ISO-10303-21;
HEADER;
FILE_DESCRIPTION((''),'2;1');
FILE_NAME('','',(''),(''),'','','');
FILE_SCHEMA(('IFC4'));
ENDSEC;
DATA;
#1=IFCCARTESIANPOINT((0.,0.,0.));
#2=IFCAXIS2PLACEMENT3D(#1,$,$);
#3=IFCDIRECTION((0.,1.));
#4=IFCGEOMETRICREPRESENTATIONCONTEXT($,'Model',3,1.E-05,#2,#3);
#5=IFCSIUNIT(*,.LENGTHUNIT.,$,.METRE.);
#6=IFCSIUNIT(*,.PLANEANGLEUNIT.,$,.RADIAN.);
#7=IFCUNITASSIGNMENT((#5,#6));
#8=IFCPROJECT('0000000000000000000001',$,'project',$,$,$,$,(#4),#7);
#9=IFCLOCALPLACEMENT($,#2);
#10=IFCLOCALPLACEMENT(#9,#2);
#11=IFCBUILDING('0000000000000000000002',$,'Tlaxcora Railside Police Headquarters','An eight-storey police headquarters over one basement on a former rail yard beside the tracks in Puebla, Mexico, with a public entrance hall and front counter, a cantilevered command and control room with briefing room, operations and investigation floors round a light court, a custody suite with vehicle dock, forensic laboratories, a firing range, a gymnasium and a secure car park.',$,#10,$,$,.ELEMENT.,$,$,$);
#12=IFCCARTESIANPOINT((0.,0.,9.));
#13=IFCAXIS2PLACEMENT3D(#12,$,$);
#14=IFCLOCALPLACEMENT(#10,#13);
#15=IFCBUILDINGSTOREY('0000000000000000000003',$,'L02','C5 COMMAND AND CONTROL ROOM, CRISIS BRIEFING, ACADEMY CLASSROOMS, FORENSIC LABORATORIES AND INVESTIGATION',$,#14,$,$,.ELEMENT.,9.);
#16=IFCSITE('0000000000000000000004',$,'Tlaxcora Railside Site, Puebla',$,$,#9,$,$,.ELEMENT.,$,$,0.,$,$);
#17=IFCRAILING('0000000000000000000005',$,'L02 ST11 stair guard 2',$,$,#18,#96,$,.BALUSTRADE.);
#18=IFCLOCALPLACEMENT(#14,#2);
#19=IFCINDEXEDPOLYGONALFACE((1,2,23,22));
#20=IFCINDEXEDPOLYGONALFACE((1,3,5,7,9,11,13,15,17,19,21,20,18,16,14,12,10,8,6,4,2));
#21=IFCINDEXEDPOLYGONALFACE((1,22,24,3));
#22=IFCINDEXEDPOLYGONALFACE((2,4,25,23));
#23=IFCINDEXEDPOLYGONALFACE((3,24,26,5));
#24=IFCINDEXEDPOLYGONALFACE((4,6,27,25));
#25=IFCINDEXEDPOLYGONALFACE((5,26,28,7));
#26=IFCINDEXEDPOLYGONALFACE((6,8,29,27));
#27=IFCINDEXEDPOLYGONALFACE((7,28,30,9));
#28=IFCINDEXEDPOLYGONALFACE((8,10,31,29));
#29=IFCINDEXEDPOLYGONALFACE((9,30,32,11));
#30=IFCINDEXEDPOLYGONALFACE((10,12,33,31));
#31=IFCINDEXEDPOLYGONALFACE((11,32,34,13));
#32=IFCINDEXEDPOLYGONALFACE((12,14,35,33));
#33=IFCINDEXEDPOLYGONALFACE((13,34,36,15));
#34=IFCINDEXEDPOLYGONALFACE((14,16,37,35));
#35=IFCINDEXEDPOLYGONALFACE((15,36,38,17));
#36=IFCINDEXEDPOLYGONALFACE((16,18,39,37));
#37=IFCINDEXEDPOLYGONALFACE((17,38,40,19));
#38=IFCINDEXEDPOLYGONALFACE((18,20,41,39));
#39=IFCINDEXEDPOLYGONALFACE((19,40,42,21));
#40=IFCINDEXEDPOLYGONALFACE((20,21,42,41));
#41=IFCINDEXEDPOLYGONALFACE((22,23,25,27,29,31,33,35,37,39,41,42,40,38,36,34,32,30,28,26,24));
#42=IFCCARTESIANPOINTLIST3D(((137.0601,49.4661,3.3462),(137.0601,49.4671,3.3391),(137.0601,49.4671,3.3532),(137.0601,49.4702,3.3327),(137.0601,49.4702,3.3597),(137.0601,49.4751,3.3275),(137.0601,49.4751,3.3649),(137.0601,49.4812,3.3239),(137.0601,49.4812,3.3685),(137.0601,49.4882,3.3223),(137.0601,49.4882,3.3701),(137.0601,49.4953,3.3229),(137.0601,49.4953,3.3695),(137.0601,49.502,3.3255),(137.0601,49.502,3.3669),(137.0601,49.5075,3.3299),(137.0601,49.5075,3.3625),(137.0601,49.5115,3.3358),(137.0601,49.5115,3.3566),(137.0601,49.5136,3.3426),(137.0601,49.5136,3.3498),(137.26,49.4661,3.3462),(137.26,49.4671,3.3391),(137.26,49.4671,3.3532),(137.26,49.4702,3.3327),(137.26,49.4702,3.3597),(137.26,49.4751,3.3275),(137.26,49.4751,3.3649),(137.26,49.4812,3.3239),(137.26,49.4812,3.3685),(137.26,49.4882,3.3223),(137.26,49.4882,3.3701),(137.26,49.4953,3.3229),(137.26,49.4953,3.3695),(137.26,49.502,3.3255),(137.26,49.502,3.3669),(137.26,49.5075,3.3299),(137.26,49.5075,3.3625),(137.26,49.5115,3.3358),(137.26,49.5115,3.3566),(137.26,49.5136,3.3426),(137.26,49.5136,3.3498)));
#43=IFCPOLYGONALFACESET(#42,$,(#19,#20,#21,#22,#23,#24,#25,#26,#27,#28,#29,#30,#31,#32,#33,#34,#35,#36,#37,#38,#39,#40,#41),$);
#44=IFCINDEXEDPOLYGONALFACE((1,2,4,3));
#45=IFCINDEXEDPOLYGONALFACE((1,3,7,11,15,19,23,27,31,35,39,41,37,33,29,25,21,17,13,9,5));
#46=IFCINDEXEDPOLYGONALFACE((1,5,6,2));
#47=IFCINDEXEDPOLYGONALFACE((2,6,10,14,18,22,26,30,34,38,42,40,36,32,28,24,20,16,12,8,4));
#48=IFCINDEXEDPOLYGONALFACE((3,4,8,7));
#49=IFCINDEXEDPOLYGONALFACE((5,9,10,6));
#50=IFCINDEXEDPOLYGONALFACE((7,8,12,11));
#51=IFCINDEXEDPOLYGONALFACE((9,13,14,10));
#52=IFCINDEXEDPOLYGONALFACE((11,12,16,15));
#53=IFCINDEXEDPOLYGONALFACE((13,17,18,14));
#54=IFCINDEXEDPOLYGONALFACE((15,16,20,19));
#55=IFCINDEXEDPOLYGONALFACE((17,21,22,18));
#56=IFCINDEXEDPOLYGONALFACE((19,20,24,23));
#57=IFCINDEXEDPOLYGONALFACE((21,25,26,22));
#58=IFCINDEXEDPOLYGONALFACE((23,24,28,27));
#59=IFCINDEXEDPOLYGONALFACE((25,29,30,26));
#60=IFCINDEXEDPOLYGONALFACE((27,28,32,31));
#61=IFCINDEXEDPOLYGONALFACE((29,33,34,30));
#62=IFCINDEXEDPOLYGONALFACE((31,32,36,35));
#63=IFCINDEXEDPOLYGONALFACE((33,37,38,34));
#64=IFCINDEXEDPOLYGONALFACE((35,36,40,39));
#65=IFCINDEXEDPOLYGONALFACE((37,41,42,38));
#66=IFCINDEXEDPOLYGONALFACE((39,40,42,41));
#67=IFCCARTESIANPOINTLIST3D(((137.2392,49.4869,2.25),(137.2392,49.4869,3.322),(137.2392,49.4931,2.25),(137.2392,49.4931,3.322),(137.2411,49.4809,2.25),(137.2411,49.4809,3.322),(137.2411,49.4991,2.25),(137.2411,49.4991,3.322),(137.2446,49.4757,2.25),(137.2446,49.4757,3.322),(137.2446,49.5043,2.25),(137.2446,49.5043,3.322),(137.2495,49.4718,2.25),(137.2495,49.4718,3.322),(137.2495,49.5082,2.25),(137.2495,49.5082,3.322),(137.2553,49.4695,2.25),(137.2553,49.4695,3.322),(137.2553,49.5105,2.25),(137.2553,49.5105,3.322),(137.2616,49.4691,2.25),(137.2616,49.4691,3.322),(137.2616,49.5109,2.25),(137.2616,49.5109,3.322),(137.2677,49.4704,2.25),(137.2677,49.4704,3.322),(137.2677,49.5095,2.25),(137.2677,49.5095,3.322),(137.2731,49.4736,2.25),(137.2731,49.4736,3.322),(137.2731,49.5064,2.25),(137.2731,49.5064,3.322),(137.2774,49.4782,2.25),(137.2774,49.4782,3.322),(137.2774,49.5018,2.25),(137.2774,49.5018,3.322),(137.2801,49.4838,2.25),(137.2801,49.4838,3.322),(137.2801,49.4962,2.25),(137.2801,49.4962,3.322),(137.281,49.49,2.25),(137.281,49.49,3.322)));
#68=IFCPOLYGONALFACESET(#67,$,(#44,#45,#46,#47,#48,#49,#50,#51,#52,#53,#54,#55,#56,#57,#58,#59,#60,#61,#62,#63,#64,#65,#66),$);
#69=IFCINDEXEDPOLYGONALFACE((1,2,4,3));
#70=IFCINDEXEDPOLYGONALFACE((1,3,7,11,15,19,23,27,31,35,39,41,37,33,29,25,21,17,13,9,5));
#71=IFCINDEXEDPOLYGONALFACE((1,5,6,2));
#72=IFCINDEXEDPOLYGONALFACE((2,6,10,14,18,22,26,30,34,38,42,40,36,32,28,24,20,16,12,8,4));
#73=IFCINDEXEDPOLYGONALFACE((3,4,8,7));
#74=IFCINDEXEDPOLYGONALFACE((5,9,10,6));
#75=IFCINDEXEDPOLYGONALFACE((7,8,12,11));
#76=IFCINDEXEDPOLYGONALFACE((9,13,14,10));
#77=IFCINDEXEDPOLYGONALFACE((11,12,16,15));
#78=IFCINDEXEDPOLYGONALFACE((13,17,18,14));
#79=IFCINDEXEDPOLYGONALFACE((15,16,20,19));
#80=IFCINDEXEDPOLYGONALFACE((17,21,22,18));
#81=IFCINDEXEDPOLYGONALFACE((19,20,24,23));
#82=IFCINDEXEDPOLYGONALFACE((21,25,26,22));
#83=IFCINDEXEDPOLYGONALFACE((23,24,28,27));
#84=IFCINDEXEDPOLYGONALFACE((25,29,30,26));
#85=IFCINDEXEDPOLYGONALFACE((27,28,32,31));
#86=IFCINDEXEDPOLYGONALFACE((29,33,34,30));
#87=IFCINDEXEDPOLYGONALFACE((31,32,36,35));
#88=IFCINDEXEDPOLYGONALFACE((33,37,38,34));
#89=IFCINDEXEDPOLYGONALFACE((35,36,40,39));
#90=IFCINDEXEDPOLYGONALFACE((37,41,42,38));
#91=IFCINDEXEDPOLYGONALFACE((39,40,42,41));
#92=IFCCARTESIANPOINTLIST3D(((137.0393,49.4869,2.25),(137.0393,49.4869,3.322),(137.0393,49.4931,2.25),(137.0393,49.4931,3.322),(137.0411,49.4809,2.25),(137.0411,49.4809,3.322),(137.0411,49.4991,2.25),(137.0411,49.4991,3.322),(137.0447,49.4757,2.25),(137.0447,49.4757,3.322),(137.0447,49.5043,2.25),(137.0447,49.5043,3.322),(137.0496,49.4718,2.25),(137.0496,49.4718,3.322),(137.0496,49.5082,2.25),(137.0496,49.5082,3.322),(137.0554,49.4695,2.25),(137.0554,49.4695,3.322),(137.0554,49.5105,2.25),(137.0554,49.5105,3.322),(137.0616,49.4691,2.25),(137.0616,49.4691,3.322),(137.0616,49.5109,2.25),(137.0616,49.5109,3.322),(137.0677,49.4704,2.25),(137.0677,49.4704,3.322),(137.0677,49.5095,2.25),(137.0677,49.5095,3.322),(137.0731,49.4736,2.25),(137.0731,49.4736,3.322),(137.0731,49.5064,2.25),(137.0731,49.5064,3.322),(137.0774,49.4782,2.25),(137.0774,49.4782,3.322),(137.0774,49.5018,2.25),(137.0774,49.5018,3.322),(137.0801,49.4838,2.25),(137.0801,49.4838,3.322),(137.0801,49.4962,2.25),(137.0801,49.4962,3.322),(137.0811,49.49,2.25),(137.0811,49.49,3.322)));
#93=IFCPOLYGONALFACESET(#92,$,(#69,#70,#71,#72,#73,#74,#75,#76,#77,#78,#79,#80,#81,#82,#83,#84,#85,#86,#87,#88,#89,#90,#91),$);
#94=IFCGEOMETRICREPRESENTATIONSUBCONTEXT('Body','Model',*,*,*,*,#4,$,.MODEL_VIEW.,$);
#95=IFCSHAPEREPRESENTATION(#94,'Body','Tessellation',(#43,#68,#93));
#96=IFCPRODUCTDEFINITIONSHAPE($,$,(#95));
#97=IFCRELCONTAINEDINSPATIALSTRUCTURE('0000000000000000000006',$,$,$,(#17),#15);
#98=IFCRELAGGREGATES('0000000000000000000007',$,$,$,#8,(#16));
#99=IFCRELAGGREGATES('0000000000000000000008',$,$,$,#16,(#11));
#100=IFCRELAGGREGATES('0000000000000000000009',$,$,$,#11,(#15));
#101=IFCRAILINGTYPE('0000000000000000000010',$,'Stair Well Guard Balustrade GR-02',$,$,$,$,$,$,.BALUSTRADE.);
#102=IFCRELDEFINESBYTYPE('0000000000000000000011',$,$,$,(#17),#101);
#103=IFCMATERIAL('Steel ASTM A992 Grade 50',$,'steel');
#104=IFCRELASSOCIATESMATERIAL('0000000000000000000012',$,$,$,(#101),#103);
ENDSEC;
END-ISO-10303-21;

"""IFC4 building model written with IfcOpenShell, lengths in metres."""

from ifc_helpers import new_model, si_unit, direction, frame, origin, origin_2d, place, context, subcontext, project, spatial, circle, extrude, material, type_object, element, save


model = new_model("IFC4")

# Units and contexts
model_context = context("Model", 3, precision=1e-05, world=origin(), true_north=direction((0.0, 1.0)))
body_context = subcontext(model_context, "Body", "Model", "MODEL_VIEW")
ifc_project = project(units=[si_unit("LENGTHUNIT", "METRE"), si_unit("PLANEANGLEUNIT", "RADIAN")], contexts=[model_context])

# Site, building, storey
site_placement = place(None, origin())
site = spatial("IfcSite", under=ifc_project, at=site_placement, Name="Tlaxcora Railside Site, Puebla", CompositionType="ELEMENT", RefElevation=0.0)
building_placement = place(site_placement, origin())
building = spatial("IfcBuilding", under=site, at=building_placement, Name="Tlaxcora Railside Police Headquarters", Description="An eight-storey police headquarters over one basement on a former rail yard beside the tracks in Puebla, Mexico, with a public entrance hall and front counter, a cantilevered command and control room with briefing room, operations and investigation floors round a light court, a custody suite with vehicle dock, forensic laboratories, a firing range, a gymnasium and a secure car park.", CompositionType="ELEMENT")
storey_placement = place(building_placement, frame((0.0, 0.0, 9.0)))
storey = spatial("IfcBuildingStorey", under=building, at=storey_placement, Name="L02", Description="C5 COMMAND AND CONTROL ROOM, CRISIS BRIEFING, ACADEMY CLASSROOMS, FORENSIC LABORATORIES AND INVESTIGATION", CompositionType="ELEMENT", Elevation=9.0)

# Railing
ifc_material_1 = material(Name="Steel ASTM A992 Grade 50", Category="steel")
railing_type_1 = type_object("IfcRailingType", Name="Stair Well Guard Balustrade GR-02", PredefinedType="BALUSTRADE", material=ifc_material_1)
railing_1_placement = place(storey_placement, frame((137.26, 49.49, 2.25)))
element("IfcRailing", 1, at=railing_1_placement, inside=storey, type_object=railing_type_1, Name="L02 ST11 stair guard 2", PredefinedType="BALUSTRADE", context=body_context, shape_type="SweptSolid", body=[
    extrude(circle(Radius=0.0239, at=origin_2d()), frame((0.0, 0.0, 1.0962), z_axis=(-1.0, 0.0, 0.0), x_axis=(0.0, -1.0, 0.0)), (0.0, 0.0, 1.0), 0.2),
    extrude(circle(Radius=0.021, at=origin_2d()), origin(), (0.0, 0.0, 1.0), 1.072),
    extrude(circle(Radius=0.021, at=origin_2d()), frame((-0.2, 0.0, 0.0)), (0.0, 0.0, 1.0), 1.072),
])

save(model, "model.ifc")
